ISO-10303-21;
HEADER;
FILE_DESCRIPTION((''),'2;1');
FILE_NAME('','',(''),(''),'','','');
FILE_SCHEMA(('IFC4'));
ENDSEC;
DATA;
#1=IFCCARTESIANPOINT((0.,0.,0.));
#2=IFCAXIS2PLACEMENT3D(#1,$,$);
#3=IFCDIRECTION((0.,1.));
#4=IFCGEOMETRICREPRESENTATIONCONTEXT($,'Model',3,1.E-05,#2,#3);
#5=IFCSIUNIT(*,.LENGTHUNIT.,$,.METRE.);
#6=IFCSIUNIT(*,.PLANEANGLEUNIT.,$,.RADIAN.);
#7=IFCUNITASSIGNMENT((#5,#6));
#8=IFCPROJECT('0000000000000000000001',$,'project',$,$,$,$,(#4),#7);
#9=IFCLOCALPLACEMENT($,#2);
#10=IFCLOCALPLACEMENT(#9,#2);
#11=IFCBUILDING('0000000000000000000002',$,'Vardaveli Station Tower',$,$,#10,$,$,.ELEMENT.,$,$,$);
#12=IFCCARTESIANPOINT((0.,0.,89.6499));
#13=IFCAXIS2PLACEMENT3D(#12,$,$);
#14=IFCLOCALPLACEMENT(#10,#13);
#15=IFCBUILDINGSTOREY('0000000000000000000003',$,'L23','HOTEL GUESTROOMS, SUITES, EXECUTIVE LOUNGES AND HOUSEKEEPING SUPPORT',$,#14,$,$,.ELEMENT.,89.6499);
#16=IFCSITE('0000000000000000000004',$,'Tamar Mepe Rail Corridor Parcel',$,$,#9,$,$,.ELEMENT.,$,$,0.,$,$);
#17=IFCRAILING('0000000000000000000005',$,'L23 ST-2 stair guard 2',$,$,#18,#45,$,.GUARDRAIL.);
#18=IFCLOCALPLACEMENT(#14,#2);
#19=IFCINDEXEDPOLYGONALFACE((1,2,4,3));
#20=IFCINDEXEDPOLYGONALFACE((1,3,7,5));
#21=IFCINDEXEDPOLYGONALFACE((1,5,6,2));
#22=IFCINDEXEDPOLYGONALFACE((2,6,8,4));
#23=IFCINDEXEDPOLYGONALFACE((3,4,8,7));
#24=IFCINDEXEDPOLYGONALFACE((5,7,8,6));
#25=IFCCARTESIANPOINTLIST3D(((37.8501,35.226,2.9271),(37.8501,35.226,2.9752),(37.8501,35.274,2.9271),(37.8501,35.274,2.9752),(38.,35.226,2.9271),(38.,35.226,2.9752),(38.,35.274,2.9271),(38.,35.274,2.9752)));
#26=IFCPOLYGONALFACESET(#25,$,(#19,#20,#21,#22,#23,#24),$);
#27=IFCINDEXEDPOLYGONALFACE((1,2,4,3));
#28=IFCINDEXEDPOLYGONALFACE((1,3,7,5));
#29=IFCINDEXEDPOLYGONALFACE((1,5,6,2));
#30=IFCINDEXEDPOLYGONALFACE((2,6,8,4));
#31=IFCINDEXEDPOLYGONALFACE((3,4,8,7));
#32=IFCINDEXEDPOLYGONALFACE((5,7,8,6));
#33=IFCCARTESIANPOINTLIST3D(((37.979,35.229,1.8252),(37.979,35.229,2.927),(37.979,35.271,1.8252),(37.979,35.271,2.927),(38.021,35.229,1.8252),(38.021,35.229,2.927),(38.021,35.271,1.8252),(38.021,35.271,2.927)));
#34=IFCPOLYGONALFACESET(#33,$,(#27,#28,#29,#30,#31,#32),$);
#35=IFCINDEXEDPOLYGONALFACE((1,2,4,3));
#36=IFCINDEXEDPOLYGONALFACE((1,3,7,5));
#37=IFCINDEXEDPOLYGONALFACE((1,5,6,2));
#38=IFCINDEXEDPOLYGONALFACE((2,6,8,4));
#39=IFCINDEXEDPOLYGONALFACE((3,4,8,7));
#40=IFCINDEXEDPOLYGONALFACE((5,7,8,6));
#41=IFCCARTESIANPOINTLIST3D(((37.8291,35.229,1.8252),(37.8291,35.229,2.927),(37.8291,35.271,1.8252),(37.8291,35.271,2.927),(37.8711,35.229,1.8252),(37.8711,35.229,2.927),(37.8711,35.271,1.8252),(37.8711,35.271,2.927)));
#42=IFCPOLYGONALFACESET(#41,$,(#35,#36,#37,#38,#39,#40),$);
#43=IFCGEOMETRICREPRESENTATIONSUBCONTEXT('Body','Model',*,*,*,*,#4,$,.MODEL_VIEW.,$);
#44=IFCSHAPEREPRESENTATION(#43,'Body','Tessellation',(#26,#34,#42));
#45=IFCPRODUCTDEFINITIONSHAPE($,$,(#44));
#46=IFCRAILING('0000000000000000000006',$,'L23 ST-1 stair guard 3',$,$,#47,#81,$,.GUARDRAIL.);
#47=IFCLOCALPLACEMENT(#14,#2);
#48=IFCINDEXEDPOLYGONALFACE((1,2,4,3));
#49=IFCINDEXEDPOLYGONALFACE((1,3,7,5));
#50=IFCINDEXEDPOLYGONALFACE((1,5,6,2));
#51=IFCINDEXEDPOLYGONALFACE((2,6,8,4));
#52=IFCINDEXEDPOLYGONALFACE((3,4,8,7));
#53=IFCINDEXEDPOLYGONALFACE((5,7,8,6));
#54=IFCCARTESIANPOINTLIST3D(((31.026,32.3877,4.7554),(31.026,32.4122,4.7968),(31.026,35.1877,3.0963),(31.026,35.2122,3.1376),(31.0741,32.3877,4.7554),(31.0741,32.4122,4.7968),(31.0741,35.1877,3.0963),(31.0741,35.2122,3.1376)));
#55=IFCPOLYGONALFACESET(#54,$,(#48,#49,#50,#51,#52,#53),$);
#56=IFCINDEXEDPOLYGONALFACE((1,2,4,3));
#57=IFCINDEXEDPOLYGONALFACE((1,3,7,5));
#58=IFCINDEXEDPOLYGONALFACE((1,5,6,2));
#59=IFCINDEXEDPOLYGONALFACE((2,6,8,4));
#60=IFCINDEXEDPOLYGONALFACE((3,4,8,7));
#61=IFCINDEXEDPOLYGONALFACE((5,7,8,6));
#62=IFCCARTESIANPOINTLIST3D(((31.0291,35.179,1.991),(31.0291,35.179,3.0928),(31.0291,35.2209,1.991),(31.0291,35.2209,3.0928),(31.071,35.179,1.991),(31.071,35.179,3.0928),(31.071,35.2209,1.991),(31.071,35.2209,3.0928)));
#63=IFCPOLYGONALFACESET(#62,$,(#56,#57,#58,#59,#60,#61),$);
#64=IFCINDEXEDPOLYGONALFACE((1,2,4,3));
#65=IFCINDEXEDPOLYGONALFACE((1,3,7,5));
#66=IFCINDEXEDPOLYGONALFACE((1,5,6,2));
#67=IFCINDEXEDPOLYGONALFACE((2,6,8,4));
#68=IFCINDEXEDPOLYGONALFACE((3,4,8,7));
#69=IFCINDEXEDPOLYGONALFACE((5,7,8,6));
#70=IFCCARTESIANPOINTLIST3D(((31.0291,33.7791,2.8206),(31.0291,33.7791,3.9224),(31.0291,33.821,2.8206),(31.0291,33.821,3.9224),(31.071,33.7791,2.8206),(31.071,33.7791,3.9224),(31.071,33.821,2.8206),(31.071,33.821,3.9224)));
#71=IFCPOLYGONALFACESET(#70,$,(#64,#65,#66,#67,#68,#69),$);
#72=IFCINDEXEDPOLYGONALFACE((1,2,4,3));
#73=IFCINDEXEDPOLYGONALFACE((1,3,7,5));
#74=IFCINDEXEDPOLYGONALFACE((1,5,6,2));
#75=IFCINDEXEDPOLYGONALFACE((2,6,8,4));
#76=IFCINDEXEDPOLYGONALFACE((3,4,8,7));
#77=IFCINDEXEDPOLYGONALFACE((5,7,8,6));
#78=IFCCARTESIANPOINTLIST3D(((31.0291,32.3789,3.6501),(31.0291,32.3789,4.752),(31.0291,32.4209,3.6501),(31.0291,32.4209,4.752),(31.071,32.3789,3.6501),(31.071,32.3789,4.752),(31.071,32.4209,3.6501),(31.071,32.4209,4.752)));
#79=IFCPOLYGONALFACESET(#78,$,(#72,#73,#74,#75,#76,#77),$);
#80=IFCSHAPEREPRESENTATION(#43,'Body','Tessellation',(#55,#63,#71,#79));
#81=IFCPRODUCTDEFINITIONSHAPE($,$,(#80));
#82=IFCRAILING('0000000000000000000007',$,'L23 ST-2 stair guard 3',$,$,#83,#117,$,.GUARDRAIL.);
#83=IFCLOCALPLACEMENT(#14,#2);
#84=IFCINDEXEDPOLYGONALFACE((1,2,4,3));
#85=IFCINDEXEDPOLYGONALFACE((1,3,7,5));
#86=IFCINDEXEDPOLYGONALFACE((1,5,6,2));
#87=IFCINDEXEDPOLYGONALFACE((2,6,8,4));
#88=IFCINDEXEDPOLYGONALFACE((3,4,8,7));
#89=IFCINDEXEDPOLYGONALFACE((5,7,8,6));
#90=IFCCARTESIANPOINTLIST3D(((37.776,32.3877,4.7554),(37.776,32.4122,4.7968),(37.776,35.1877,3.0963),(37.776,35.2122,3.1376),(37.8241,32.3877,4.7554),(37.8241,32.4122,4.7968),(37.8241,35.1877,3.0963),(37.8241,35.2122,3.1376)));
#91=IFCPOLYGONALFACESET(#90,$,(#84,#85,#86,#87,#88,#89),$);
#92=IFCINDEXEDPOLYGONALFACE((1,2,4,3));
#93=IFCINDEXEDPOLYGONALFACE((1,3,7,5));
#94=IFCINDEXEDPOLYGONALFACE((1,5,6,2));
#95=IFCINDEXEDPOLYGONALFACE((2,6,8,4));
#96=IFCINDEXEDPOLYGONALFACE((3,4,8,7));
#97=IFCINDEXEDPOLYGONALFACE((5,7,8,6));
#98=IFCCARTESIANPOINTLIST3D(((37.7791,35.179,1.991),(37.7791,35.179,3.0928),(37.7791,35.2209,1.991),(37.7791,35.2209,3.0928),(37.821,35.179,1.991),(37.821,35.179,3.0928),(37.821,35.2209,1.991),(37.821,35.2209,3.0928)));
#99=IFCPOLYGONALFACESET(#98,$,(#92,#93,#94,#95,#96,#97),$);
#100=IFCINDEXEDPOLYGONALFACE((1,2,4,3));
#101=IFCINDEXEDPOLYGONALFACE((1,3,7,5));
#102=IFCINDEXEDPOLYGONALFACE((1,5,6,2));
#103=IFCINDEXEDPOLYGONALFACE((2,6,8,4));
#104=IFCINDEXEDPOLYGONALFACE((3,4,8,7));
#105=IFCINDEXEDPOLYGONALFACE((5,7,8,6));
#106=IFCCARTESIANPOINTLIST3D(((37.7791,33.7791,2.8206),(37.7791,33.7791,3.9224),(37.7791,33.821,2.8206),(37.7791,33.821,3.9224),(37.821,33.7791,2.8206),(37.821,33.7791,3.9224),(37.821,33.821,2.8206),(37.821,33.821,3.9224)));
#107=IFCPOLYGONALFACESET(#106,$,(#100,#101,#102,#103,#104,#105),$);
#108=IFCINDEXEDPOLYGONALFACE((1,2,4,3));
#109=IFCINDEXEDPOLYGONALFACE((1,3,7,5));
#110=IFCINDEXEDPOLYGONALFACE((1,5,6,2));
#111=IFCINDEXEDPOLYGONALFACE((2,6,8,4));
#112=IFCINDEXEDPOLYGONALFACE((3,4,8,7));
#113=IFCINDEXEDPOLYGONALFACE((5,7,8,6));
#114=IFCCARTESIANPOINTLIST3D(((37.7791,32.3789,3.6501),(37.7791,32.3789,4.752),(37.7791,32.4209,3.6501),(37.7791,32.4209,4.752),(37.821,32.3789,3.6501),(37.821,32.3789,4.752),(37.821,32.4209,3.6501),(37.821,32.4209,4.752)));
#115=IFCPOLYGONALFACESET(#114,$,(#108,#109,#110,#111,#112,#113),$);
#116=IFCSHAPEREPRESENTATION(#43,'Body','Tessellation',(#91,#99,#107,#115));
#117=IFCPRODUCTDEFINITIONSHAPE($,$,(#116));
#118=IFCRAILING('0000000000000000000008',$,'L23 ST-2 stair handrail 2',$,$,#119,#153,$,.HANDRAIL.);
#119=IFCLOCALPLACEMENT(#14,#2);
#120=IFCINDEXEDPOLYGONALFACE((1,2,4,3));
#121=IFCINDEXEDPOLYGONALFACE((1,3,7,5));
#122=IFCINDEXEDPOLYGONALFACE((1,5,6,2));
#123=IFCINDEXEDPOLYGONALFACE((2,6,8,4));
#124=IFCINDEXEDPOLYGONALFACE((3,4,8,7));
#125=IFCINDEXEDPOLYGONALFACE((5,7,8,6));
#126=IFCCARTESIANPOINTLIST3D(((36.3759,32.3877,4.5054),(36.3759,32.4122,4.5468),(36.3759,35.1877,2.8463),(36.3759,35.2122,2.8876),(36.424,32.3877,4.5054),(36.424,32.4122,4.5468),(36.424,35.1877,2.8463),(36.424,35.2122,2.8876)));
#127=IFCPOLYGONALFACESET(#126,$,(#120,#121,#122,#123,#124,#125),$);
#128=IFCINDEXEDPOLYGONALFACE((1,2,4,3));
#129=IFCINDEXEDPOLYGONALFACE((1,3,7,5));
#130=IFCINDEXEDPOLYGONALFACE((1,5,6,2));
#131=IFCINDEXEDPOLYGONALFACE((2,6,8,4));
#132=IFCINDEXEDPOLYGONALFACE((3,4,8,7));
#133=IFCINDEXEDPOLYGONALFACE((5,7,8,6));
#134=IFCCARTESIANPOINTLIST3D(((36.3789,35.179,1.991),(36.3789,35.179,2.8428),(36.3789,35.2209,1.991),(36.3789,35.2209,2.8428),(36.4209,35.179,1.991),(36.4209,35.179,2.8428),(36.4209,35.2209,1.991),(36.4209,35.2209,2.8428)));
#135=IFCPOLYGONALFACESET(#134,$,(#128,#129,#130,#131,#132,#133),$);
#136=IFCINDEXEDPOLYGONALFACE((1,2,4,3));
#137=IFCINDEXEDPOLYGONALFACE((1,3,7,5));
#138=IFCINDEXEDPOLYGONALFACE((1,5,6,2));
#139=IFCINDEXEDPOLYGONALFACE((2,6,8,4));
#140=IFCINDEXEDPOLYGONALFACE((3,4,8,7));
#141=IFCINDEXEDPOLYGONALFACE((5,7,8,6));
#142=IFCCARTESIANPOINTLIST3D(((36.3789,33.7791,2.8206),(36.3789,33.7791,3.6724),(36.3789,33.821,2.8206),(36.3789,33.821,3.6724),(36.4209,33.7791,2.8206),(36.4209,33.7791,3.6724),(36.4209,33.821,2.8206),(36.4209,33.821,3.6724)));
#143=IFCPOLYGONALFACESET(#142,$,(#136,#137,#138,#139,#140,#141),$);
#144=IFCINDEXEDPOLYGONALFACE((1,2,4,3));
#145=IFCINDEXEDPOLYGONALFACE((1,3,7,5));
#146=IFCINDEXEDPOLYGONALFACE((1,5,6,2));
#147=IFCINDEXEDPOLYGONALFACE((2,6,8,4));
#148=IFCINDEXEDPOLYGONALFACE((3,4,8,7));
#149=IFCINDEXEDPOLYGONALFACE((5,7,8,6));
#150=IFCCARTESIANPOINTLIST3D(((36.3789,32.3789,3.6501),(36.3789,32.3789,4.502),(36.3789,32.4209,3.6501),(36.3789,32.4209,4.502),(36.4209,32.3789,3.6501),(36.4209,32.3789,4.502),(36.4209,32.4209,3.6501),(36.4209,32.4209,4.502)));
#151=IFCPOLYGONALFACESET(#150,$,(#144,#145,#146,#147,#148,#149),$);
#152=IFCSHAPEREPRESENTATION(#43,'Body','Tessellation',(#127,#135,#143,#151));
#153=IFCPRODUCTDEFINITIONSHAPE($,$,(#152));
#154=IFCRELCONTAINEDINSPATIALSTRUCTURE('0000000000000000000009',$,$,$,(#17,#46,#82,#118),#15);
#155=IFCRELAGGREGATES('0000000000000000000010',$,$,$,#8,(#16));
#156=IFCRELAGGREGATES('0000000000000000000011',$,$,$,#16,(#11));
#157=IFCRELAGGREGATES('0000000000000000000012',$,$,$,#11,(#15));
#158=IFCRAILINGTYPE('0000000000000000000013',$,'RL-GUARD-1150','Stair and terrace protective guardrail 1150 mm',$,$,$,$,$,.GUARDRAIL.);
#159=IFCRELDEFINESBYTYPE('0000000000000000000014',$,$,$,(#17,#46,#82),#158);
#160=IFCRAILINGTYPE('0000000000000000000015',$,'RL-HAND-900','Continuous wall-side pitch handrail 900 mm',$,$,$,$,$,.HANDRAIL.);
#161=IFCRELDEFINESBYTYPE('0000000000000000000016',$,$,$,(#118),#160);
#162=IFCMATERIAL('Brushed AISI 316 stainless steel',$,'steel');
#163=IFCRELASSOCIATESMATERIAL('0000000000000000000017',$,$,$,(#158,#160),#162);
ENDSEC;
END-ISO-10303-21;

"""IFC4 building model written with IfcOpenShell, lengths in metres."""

from ifc_helpers import new_model, si_unit, direction, frame, origin, origin_2d, place, context, subcontext, project, spatial, rectangle, extrude, source, transform, mapped, material, type_object, element, save


model = new_model("IFC4")

# Units and contexts
model_context = context("Model", 3, precision=1e-05, world=origin(), true_north=direction((0.0, 1.0)))
body_context = subcontext(model_context, "Body", "Model", "MODEL_VIEW")
ifc_project = project(units=[si_unit("LENGTHUNIT", "METRE"), si_unit("PLANEANGLEUNIT", "RADIAN")], contexts=[model_context])

# Site, building, storey
site_placement = place(None, origin())
site = spatial("IfcSite", under=ifc_project, at=site_placement, Name="Tamar Mepe Rail Corridor Parcel", CompositionType="ELEMENT", RefElevation=0.0)
building_placement = place(site_placement, origin())
building = spatial("IfcBuilding", under=site, at=building_placement, Name="Vardaveli Station Tower", CompositionType="ELEMENT")
storey_placement = place(building_placement, frame((0.0, 0.0, 89.6499)))
storey = spatial("IfcBuildingStorey", under=building, at=storey_placement, Name="L23", Description="HOTEL GUESTROOMS, SUITES, EXECUTIVE LOUNGES AND HOUSEKEEPING SUPPORT", CompositionType="ELEMENT", Elevation=89.6499)

# Railings
ifc_material_1 = material(Name="Brushed AISI 316 stainless steel", Category="steel")
railing_type_1 = type_object("IfcRailingType", Name="RL-GUARD-1150", Description="Stair and terrace protective guardrail 1150 mm", PredefinedType="GUARDRAIL", material=ifc_material_1)
shared_shape_1 = source(origin(), body_context, "Body", "SweptSolid", [
    extrude(rectangle(XDim=0.0481, YDim=0.0481, at=origin_2d()), frame((0.0, 0.0, 1.126), z_axis=(-1.0, 0.0, 0.0), x_axis=(0.0, -1.0, 0.0)), (0.0, 0.0, 1.0), 0.1499),
    extrude(rectangle(XDim=0.042, YDim=0.042, at=origin_2d()), origin(), (0.0, 0.0, 1.0), 1.1018),
    extrude(rectangle(XDim=0.042, YDim=0.042, at=origin_2d()), frame((-0.1499, 0.0, 0.0)), (0.0, 0.0, 1.0), 1.1018),
])
for number, where, name in (
    (1, (38.0, 35.25, 1.8252), "L23 ST-2 stair guard 2"),
):
    element("IfcRailing", number, at=place(storey_placement, frame(where)), inside=storey, type_object=railing_type_1, Name=name, PredefinedType="GUARDRAIL", context=body_context, shape_type="MappedRepresentation", body=[
        mapped(shared_shape_1, transform((0.0, 0.0, 0.0), scale=1.0)),
    ])
shared_shape_2 = source(origin(), body_context, "Body", "SweptSolid", [
    extrude(rectangle(XDim=0.0481, YDim=0.0481, at=origin_2d()), frame((0.0, 0.0, 1.126), z_axis=(0.0, -0.860306, 0.509778), x_axis=(1.0, 0.0, 0.0)), (0.0, 0.0, 1.0), 3.2546),
    extrude(rectangle(XDim=0.042, YDim=0.042, at=origin_2d()), origin(), (0.0, 0.0, 1.0), 1.1018),
    extrude(rectangle(XDim=0.042, YDim=0.042, at=origin_2d()), frame((0.0, -1.3999, 0.8296)), (0.0, 0.0, 1.0), 1.1018),
    extrude(rectangle(XDim=0.042, YDim=0.042, at=origin_2d()), frame((0.0, -2.8, 1.6592)), (0.0, 0.0, 1.0), 1.1018),
])
for number, where, name in (
    (2, (31.05, 35.2, 1.991), "L23 ST-1 stair guard 3"),
    (3, (37.8, 35.2, 1.991), "L23 ST-2 stair guard 3"),
):
    element("IfcRailing", number, at=place(storey_placement, frame(where)), inside=storey, type_object=railing_type_1, Name=name, PredefinedType="GUARDRAIL", context=body_context, shape_type="MappedRepresentation", body=[
        mapped(shared_shape_2, transform((0.0, 0.0, 0.0), scale=1.0)),
    ])
railing_type_2 = type_object("IfcRailingType", Name="RL-HAND-900", Description="Continuous wall-side pitch handrail 900 mm", PredefinedType="HANDRAIL", material=ifc_material_1)
shared_shape_3 = source(origin(), body_context, "Body", "SweptSolid", [
    extrude(rectangle(XDim=0.0481, YDim=0.0481, at=origin_2d()), frame((0.0, 0.0, 0.876), z_axis=(0.0, -0.860306, 0.509778), x_axis=(1.0, 0.0, 0.0)), (0.0, 0.0, 1.0), 3.2546),
    extrude(rectangle(XDim=0.042, YDim=0.042, at=origin_2d()), origin(), (0.0, 0.0, 1.0), 0.8518),
    extrude(rectangle(XDim=0.042, YDim=0.042, at=origin_2d()), frame((0.0, -1.3999, 0.8296)), (0.0, 0.0, 1.0), 0.8518),
    extrude(rectangle(XDim=0.042, YDim=0.042, at=origin_2d()), frame((0.0, -2.8, 1.6592)), (0.0, 0.0, 1.0), 0.8518),
])
railing_placement = place(storey_placement, frame((36.3999, 35.2, 1.991)))
element("IfcRailing", 4, at=railing_placement, inside=storey, type_object=railing_type_2, Name="L23 ST-2 stair handrail 2", PredefinedType="HANDRAIL", context=body_context, shape_type="MappedRepresentation", body=[
    mapped(shared_shape_3, transform((0.0, 0.0, 0.0), scale=1.0)),
])

save(model, "model.ifc")
